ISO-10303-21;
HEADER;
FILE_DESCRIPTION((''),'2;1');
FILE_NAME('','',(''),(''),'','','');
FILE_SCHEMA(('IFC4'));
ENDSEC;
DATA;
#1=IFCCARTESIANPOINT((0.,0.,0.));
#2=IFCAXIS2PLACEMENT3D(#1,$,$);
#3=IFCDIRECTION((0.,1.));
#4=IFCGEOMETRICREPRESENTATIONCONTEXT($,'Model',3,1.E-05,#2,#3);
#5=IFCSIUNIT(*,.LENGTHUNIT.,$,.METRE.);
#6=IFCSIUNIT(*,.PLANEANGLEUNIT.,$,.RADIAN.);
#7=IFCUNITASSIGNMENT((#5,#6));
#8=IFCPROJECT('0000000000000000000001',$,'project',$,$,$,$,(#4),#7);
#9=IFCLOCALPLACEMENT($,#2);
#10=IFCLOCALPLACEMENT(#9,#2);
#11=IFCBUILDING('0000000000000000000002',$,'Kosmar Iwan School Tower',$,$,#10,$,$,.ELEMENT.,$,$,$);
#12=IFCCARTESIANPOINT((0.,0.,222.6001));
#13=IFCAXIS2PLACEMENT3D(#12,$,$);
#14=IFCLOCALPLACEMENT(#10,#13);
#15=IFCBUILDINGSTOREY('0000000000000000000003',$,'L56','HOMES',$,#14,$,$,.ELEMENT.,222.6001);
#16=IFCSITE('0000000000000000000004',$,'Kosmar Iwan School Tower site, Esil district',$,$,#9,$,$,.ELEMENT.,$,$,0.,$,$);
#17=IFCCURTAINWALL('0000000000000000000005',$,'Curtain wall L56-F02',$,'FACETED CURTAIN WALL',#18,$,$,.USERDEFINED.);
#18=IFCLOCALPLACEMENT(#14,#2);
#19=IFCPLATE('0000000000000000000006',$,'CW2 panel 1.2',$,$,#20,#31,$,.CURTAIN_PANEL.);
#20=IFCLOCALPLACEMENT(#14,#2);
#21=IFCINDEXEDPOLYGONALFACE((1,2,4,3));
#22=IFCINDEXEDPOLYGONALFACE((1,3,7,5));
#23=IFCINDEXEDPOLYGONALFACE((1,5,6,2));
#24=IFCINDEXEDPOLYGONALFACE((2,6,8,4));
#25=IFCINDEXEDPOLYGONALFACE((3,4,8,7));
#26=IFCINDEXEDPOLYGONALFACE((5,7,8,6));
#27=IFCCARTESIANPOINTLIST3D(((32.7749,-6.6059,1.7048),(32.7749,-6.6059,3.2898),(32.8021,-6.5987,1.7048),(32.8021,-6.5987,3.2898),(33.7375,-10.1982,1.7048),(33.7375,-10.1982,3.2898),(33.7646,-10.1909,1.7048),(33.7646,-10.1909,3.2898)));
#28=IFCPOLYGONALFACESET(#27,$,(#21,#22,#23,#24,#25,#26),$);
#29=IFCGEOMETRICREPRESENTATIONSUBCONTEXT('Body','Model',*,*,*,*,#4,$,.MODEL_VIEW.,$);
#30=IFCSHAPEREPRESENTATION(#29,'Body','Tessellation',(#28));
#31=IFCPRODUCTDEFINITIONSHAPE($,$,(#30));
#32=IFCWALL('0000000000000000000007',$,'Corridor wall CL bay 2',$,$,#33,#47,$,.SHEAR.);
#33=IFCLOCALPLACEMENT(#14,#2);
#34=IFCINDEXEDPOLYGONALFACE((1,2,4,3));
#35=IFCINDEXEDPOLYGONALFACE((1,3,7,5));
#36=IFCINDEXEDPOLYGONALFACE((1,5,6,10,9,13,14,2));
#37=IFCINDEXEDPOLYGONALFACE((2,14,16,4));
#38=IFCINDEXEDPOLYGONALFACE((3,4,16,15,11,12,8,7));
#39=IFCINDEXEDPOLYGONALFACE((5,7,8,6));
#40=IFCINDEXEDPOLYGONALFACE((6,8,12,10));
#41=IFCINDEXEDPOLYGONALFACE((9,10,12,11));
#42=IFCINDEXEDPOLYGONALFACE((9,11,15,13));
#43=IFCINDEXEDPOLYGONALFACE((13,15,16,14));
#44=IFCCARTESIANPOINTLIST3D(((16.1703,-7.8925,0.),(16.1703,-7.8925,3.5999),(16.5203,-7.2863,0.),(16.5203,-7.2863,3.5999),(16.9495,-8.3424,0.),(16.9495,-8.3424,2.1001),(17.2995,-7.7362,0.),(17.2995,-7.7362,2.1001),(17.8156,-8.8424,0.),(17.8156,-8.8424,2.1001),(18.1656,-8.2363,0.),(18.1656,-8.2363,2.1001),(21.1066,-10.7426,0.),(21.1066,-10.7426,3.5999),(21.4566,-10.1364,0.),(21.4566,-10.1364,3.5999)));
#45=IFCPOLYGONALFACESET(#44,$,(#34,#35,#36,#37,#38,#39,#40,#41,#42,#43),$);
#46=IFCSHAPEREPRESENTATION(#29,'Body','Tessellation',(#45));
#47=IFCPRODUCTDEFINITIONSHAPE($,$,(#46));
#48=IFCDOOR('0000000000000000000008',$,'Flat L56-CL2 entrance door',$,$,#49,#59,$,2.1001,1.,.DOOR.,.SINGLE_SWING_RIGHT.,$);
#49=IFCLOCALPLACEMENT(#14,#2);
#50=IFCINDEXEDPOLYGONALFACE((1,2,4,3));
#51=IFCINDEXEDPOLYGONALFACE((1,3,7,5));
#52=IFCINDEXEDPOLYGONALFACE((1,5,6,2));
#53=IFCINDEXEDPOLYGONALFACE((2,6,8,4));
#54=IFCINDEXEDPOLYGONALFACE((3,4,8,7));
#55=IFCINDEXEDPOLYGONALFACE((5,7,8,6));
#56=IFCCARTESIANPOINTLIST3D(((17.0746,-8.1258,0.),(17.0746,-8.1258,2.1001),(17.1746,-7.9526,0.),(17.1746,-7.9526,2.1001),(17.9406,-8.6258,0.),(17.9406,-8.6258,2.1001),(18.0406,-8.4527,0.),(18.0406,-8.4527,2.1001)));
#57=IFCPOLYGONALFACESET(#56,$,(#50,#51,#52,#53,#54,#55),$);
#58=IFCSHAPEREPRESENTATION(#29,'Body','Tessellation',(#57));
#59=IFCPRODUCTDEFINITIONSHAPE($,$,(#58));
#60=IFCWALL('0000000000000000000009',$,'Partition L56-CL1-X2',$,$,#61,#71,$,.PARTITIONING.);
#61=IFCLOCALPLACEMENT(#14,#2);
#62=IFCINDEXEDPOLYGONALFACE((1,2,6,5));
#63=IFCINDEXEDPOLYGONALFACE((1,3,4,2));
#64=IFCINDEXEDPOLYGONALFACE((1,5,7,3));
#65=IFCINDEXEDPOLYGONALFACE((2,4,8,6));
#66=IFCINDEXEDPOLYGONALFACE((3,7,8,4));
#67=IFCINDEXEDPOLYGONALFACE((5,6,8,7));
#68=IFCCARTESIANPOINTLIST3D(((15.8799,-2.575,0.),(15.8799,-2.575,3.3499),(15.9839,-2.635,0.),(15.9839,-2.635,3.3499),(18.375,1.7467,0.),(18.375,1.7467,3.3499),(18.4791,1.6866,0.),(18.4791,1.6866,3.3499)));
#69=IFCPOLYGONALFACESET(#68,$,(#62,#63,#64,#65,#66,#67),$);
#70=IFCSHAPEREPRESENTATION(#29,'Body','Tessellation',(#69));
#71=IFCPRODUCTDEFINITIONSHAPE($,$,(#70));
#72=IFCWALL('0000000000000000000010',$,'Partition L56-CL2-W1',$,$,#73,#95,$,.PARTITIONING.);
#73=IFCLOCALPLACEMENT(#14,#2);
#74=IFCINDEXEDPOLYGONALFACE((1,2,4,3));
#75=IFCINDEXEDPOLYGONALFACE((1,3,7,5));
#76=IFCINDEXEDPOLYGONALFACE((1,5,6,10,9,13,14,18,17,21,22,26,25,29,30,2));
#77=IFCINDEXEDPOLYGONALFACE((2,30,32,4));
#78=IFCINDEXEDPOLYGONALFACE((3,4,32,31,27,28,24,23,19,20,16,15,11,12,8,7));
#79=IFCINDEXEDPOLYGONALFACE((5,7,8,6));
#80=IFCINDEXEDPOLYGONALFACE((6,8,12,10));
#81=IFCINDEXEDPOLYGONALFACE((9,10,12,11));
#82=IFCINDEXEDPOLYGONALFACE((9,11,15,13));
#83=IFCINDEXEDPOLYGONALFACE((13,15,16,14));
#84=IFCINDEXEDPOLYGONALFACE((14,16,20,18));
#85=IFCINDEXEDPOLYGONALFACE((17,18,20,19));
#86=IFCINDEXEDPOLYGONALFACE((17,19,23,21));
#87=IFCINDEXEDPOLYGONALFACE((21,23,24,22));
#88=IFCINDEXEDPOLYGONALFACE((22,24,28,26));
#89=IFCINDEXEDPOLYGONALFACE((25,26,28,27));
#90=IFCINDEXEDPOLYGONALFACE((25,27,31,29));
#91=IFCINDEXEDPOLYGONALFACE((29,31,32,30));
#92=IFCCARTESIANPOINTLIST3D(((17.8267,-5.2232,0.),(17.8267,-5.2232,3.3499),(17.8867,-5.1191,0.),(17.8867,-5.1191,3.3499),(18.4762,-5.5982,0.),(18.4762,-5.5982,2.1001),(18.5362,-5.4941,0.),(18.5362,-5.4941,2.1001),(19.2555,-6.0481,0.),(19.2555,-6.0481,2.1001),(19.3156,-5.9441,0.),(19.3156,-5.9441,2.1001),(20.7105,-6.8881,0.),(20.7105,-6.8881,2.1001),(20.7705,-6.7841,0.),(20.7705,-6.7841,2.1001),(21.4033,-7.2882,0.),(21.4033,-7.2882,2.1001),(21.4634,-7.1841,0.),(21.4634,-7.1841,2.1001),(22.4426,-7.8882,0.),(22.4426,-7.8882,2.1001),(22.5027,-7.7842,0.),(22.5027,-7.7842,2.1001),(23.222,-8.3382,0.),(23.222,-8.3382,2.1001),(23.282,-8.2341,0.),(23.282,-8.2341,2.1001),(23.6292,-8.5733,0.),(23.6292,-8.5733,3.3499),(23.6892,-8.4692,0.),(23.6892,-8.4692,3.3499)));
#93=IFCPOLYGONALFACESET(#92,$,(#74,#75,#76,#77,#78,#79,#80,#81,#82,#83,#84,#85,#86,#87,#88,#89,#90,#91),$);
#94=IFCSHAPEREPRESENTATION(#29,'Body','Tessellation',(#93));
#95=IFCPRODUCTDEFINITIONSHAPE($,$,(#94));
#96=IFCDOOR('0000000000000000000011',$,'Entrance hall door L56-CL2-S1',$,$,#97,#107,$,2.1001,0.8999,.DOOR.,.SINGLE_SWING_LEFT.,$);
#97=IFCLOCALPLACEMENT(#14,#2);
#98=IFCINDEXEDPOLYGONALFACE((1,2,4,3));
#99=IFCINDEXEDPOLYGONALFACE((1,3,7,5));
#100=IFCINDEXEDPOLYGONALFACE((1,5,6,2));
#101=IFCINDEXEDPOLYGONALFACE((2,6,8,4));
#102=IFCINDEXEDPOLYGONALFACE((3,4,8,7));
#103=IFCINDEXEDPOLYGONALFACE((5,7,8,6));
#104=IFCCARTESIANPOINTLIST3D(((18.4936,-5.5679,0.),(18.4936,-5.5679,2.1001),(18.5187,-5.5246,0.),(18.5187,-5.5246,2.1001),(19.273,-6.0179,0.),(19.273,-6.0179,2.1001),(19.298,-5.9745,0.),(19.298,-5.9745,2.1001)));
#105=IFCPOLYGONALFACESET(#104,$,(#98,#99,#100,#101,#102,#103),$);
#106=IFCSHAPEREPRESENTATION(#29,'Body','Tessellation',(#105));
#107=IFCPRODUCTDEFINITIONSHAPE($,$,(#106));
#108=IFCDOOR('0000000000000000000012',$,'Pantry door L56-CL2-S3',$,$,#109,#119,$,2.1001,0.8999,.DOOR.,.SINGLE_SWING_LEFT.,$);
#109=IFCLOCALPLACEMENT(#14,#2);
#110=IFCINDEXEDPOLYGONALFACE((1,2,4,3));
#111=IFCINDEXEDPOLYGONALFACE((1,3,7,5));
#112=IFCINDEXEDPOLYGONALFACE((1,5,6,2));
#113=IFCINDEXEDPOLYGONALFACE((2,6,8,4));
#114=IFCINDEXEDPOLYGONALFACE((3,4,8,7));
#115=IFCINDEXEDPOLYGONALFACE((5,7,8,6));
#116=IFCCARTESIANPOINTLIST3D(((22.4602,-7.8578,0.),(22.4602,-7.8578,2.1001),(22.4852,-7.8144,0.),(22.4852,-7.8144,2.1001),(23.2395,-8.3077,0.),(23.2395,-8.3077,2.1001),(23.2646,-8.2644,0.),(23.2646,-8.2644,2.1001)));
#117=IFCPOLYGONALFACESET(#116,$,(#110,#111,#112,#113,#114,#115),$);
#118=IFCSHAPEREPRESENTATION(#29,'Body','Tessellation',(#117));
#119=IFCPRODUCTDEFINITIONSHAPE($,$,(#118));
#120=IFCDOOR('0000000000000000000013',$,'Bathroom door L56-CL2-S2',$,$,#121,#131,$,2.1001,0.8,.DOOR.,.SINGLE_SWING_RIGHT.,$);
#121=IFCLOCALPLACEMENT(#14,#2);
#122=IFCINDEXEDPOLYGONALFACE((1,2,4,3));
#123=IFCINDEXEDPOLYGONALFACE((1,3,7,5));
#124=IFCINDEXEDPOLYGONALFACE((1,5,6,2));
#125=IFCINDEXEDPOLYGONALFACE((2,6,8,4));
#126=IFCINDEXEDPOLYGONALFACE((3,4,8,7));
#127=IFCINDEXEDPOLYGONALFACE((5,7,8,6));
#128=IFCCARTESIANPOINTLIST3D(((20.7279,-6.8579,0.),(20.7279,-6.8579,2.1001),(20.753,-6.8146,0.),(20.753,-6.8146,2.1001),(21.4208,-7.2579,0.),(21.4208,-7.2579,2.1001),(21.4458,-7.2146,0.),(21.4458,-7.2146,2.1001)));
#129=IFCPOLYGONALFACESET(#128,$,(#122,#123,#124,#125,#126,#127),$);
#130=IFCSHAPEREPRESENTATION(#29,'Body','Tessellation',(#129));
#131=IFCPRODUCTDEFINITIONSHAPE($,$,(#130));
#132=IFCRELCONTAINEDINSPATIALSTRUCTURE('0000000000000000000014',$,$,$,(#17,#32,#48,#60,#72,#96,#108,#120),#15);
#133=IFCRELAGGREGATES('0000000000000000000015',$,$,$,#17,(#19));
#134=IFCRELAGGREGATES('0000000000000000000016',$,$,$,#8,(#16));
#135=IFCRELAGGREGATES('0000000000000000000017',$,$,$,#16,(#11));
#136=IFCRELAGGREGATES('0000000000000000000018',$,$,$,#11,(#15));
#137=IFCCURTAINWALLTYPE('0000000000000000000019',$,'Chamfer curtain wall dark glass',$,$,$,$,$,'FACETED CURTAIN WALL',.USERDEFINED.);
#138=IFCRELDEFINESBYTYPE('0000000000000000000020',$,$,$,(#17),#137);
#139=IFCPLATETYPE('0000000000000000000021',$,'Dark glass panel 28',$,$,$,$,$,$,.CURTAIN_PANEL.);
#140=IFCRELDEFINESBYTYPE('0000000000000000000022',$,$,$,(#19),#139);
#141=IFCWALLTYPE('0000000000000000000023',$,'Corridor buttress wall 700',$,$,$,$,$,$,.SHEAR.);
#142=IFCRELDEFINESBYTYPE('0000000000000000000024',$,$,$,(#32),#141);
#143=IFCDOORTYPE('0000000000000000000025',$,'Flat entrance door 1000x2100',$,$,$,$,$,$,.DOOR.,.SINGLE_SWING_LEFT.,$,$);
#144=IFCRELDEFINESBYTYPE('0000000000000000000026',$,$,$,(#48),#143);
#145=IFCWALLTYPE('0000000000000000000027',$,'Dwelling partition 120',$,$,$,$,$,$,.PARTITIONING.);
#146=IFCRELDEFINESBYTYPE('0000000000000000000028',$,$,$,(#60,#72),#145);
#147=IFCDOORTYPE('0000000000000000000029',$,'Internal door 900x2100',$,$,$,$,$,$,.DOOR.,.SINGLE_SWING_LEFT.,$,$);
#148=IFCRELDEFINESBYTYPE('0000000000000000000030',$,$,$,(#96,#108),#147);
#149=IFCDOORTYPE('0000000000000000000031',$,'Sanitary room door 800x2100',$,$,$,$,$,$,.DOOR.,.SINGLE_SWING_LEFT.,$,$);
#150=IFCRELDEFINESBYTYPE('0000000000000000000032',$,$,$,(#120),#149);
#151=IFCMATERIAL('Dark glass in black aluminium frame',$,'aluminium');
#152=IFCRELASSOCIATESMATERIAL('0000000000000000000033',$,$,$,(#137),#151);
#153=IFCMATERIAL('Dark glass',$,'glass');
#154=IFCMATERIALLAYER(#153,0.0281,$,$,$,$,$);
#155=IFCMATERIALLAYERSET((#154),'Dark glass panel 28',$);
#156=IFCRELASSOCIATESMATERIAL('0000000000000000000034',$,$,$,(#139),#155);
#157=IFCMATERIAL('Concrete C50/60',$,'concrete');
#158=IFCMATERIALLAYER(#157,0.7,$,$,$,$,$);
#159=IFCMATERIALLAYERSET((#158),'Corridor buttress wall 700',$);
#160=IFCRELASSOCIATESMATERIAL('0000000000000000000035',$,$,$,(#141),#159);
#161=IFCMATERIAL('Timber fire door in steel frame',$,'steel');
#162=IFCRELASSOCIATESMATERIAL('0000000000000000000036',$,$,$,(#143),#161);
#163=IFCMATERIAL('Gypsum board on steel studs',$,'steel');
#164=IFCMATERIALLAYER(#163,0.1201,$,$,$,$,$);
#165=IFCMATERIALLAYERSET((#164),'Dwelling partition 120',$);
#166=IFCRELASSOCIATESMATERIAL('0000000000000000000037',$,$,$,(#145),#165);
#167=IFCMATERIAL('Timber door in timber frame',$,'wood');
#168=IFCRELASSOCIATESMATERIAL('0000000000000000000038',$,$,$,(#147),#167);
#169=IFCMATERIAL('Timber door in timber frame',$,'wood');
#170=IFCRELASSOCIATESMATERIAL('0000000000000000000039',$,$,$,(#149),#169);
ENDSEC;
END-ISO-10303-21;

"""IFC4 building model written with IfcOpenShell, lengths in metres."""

from ifc_helpers import new_model, si_unit, direction, frame, frame_2d, origin, origin_2d, place, context, subcontext, project, spatial, rectangle, extrude, material, layer, layer_set, type_object, element, fill, aggregate, save


model = new_model("IFC4")

# Units and contexts
model_context = context("Model", 3, precision=1e-05, world=origin(), true_north=direction((0.0, 1.0)))
body_context = subcontext(model_context, "Body", "Model", "MODEL_VIEW")
ifc_project = project(units=[si_unit("LENGTHUNIT", "METRE"), si_unit("PLANEANGLEUNIT", "RADIAN")], contexts=[model_context])

# Site, building, storey
site_placement = place(None, origin())
site = spatial("IfcSite", under=ifc_project, at=site_placement, Name="Kosmar Iwan School Tower site, Esil district", CompositionType="ELEMENT", RefElevation=0.0)
building_placement = place(site_placement, origin())
building = spatial("IfcBuilding", under=site, at=building_placement, Name="Kosmar Iwan School Tower", CompositionType="ELEMENT")
storey_placement = place(building_placement, frame((0.0, 0.0, 222.6001)))
storey = spatial("IfcBuildingStorey", under=building, at=storey_placement, Name="L56", Description="HOMES", CompositionType="ELEMENT", Elevation=222.6001)

# Curtain wall
ifc_material_1 = material(Name="Dark glass in black aluminium frame", Category="aluminium")
curtain_wall_type = type_object("IfcCurtainWallType", Name="Chamfer curtain wall dark glass", ElementType="FACETED CURTAIN WALL", PredefinedType="USERDEFINED", material=ifc_material_1)
curtain_wall_placement = place(storey_placement, origin())
curtain_wall = element("IfcCurtainWall", 1, at=curtain_wall_placement, inside=storey, type_object=curtain_wall_type, Name="Curtain wall L56-F02", ObjectType="FACETED CURTAIN WALL", PredefinedType="USERDEFINED")

# Plate
ifc_material_2 = material(Name="Dark glass", Category="glass")
ifc_layer_1 = layer(ifc_material_2, 0.0281)
ifc_layer_set_1 = layer_set([ifc_layer_1], Name="Dark glass panel 28")
plate_type = type_object("IfcPlateType", Name="Dark glass panel 28", PredefinedType="CURTAIN_PANEL", material=ifc_layer_set_1)
plate_1_placement = place(storey_placement, frame((33.2698, -8.3984, 1.7048), z_axis=(0.0, 0.0, 1.0), x_axis=(-0.258819, 0.965926, 0.0)))
plate_1 = element("IfcPlate", 2, at=plate_1_placement, type_object=plate_type, Name="CW2 panel 1.2", PredefinedType="CURTAIN_PANEL", context=body_context, shape_type="SweptSolid", body=[
    extrude(rectangle(XDim=3.719, YDim=0.0281, at=origin_2d()), origin(), (0.0, 0.0, 1.0), 1.585),
])
aggregate(curtain_wall, [plate_1])

# Wall, opening, door
ifc_material_3 = material(Name="Concrete C50/60", Category="concrete")
ifc_layer_2 = layer(ifc_material_3, 0.7)
ifc_layer_set_2 = layer_set([ifc_layer_2], Name="Corridor buttress wall 700")
wall_type_1 = type_object("IfcWallType", Name="Corridor buttress wall 700", PredefinedType="SHEAR", material=ifc_layer_set_2)
wall_1_placement = place(storey_placement, frame((16.3452, -7.5894, 0.0), z_axis=(0.0, 0.0, 1.0), x_axis=(0.866015, -0.500018, 0.0)))
wall_1 = element("IfcWall", 3, at=wall_1_placement, inside=storey, type_object=wall_type_1, Name="Corridor wall CL bay 2", PredefinedType="SHEAR", context=body_context, shape_type="SweptSolid", body=[
    extrude(rectangle(XDim=5.7, YDim=0.7, at=frame_2d((2.8501, 0.0))), origin(), (0.0, 0.0, 1.0), 3.5999),
])
opening_1_placement = place(wall_1_placement, frame((0.8999, 0.0, 0.0)))
opening_1 = element("IfcOpeningElement", 4, at=opening_1_placement, cuts=wall_1, PredefinedType="OPENING", context=body_context, shape_type="SweptSolid", body=[
    extrude(rectangle(XDim=1.0, YDim=2.1001, at=frame_2d((0.5, 1.05))), frame((0.0, 0.3621, 0.0), z_axis=(0.0, -1.0, 0.0), x_axis=(1.0, 0.0, 0.0)), (0.0, 0.0, 1.0), 0.7239),
])
ifc_material_4 = material(Name="Timber fire door in steel frame", Category="steel")
door_type_1 = type_object("IfcDoorType", Name="Flat entrance door 1000x2100", OperationType="SINGLE_SWING_LEFT", PredefinedType="DOOR", material=ifc_material_4)
door_1_placement = place(opening_1_placement, origin())
door_1 = element("IfcDoor", 5, at=door_1_placement, inside=storey, type_object=door_type_1, Name="Flat L56-CL2 entrance door", OperationType="SINGLE_SWING_RIGHT", OverallHeight=2.1001, OverallWidth=1.0, PredefinedType="DOOR", context=body_context, shape_type="SweptSolid", body=[
    extrude(rectangle(XDim=1.0, YDim=2.1001, at=frame_2d((0.5, 1.05))), frame((0.0, 0.1001, 0.0), z_axis=(0.0, -1.0, 0.0), x_axis=(1.0, 0.0, 0.0)), (0.0, 0.0, 1.0), 0.2),
])
fill(opening_1, door_1)

# Wall
ifc_material_5 = material(Name="Gypsum board on steel studs", Category="steel")
ifc_layer_3 = layer(ifc_material_5, 0.1201)
ifc_layer_set_3 = layer_set([ifc_layer_3], Name="Dwelling partition 120")
wall_type_2 = type_object("IfcWallType", Name="Dwelling partition 120", PredefinedType="PARTITIONING", material=ifc_layer_set_3)
wall_2_placement = place(storey_placement, frame((15.9319, -2.605, 0.0), z_axis=(0.0, 0.0, 1.0), x_axis=(0.500012, 0.866019, 0.0)))
element("IfcWall", 6, at=wall_2_placement, inside=storey, type_object=wall_type_2, Name="Partition L56-CL1-X2", PredefinedType="PARTITIONING", context=body_context, shape_type="SweptSolid", body=[
    extrude(rectangle(XDim=4.9902, YDim=0.1201, at=frame_2d((2.4951, 0.0))), origin(), (0.0, 0.0, 1.0), 3.3499),
])

# Wall, openings, doors
wall_3_placement = place(storey_placement, frame((17.8567, -5.1711, 0.0), z_axis=(0.0, 0.0, 1.0), x_axis=(0.866024, -0.500003, 0.0)))
wall_3 = element("IfcWall", 7, at=wall_3_placement, inside=storey, type_object=wall_type_2, Name="Partition L56-CL2-W1", PredefinedType="PARTITIONING", context=body_context, shape_type="SweptSolid", body=[
    extrude(rectangle(XDim=6.7002, YDim=0.1201, at=frame_2d((3.3501, 0.0))), origin(), (0.0, 0.0, 1.0), 3.3499),
])
opening_2_placement = place(wall_3_placement, frame((0.75, 0.0, 0.0)))
opening_2 = element("IfcOpeningElement", 8, at=opening_2_placement, cuts=wall_3, PredefinedType="OPENING", context=body_context, shape_type="SweptSolid", body=[
    extrude(rectangle(XDim=0.8999, YDim=2.1001, at=frame_2d((0.45, 1.05))), frame((0.0, 0.072, 0.0), z_axis=(0.0, -1.0, 0.0), x_axis=(1.0, 0.0, 0.0)), (0.0, 0.0, 1.0), 0.144),
])
opening_3_placement = place(wall_3_placement, frame((3.3301, 0.0, 0.0)))
opening_3 = element("IfcOpeningElement", 9, at=opening_3_placement, cuts=wall_3, PredefinedType="OPENING", context=body_context, shape_type="SweptSolid", body=[
    extrude(rectangle(XDim=0.8, YDim=2.1001, at=frame_2d((0.3999, 1.05))), frame((0.0, 0.072, 0.0), z_axis=(0.0, -1.0, 0.0), x_axis=(1.0, 0.0, 0.0)), (0.0, 0.0, 1.0), 0.144),
])
opening_4_placement = place(wall_3_placement, frame((5.3301, 0.0, 0.0)))
opening_4 = element("IfcOpeningElement", 10, at=opening_4_placement, cuts=wall_3, PredefinedType="OPENING", context=body_context, shape_type="SweptSolid", body=[
    extrude(rectangle(XDim=0.8999, YDim=2.1001, at=frame_2d((0.45, 1.05))), frame((0.0, 0.072, 0.0), z_axis=(0.0, -1.0, 0.0), x_axis=(1.0, 0.0, 0.0)), (0.0, 0.0, 1.0), 0.144),
])
ifc_material_6 = material(Name="Timber door in timber frame", Category="wood")
door_type_2 = type_object("IfcDoorType", Name="Internal door 900x2100", OperationType="SINGLE_SWING_LEFT", PredefinedType="DOOR", material=ifc_material_6)
door_2_placement = place(opening_2_placement, origin())
door_2 = element("IfcDoor", 11, at=door_2_placement, inside=storey, type_object=door_type_2, Name="Entrance hall door L56-CL2-S1", OperationType="SINGLE_SWING_LEFT", OverallHeight=2.1001, OverallWidth=0.8999, PredefinedType="DOOR", context=body_context, shape_type="SweptSolid", body=[
    extrude(rectangle(XDim=0.8999, YDim=2.1001, at=frame_2d((0.45, 1.05))), frame((0.0, 0.0249, 0.0), z_axis=(0.0, -1.0, 0.0), x_axis=(1.0, 0.0, 0.0)), (0.0, 0.0, 1.0), 0.05),
])
fill(opening_2, door_2)
door_3_placement = place(opening_4_placement, frame((0.8999, 0.0, 0.0), z_axis=(0.0, 0.0, 1.0), x_axis=(-1.0, 0.0, 0.0)))
door_3 = element("IfcDoor", 12, at=door_3_placement, inside=storey, type_object=door_type_2, Name="Pantry door L56-CL2-S3", OperationType="SINGLE_SWING_LEFT", OverallHeight=2.1001, OverallWidth=0.8999, PredefinedType="DOOR", context=body_context, shape_type="SweptSolid", body=[
    extrude(rectangle(XDim=0.8999, YDim=2.1001, at=frame_2d((0.45, 1.05))), frame((0.0, 0.0249, 0.0), z_axis=(0.0, -1.0, 0.0), x_axis=(1.0, 0.0, 0.0)), (0.0, 0.0, 1.0), 0.05),
])
fill(opening_4, door_3)
ifc_material_7 = material(Name="Timber door in timber frame", Category="wood")
door_type_3 = type_object("IfcDoorType", Name="Sanitary room door 800x2100", OperationType="SINGLE_SWING_LEFT", PredefinedType="DOOR", material=ifc_material_7)
door_4_placement = place(opening_3_placement, origin())
door_4 = element("IfcDoor", 13, at=door_4_placement, inside=storey, type_object=door_type_3, Name="Bathroom door L56-CL2-S2", OperationType="SINGLE_SWING_RIGHT", OverallHeight=2.1001, OverallWidth=0.8, PredefinedType="DOOR", context=body_context, shape_type="SweptSolid", body=[
    extrude(rectangle(XDim=0.8, YDim=2.1001, at=frame_2d((0.3999, 1.05))), frame((0.0, 0.0249, 0.0), z_axis=(0.0, -1.0, 0.0), x_axis=(1.0, 0.0, 0.0)), (0.0, 0.0, 1.0), 0.05),
])
fill(opening_3, door_4)

save(model, "model.ifc")
